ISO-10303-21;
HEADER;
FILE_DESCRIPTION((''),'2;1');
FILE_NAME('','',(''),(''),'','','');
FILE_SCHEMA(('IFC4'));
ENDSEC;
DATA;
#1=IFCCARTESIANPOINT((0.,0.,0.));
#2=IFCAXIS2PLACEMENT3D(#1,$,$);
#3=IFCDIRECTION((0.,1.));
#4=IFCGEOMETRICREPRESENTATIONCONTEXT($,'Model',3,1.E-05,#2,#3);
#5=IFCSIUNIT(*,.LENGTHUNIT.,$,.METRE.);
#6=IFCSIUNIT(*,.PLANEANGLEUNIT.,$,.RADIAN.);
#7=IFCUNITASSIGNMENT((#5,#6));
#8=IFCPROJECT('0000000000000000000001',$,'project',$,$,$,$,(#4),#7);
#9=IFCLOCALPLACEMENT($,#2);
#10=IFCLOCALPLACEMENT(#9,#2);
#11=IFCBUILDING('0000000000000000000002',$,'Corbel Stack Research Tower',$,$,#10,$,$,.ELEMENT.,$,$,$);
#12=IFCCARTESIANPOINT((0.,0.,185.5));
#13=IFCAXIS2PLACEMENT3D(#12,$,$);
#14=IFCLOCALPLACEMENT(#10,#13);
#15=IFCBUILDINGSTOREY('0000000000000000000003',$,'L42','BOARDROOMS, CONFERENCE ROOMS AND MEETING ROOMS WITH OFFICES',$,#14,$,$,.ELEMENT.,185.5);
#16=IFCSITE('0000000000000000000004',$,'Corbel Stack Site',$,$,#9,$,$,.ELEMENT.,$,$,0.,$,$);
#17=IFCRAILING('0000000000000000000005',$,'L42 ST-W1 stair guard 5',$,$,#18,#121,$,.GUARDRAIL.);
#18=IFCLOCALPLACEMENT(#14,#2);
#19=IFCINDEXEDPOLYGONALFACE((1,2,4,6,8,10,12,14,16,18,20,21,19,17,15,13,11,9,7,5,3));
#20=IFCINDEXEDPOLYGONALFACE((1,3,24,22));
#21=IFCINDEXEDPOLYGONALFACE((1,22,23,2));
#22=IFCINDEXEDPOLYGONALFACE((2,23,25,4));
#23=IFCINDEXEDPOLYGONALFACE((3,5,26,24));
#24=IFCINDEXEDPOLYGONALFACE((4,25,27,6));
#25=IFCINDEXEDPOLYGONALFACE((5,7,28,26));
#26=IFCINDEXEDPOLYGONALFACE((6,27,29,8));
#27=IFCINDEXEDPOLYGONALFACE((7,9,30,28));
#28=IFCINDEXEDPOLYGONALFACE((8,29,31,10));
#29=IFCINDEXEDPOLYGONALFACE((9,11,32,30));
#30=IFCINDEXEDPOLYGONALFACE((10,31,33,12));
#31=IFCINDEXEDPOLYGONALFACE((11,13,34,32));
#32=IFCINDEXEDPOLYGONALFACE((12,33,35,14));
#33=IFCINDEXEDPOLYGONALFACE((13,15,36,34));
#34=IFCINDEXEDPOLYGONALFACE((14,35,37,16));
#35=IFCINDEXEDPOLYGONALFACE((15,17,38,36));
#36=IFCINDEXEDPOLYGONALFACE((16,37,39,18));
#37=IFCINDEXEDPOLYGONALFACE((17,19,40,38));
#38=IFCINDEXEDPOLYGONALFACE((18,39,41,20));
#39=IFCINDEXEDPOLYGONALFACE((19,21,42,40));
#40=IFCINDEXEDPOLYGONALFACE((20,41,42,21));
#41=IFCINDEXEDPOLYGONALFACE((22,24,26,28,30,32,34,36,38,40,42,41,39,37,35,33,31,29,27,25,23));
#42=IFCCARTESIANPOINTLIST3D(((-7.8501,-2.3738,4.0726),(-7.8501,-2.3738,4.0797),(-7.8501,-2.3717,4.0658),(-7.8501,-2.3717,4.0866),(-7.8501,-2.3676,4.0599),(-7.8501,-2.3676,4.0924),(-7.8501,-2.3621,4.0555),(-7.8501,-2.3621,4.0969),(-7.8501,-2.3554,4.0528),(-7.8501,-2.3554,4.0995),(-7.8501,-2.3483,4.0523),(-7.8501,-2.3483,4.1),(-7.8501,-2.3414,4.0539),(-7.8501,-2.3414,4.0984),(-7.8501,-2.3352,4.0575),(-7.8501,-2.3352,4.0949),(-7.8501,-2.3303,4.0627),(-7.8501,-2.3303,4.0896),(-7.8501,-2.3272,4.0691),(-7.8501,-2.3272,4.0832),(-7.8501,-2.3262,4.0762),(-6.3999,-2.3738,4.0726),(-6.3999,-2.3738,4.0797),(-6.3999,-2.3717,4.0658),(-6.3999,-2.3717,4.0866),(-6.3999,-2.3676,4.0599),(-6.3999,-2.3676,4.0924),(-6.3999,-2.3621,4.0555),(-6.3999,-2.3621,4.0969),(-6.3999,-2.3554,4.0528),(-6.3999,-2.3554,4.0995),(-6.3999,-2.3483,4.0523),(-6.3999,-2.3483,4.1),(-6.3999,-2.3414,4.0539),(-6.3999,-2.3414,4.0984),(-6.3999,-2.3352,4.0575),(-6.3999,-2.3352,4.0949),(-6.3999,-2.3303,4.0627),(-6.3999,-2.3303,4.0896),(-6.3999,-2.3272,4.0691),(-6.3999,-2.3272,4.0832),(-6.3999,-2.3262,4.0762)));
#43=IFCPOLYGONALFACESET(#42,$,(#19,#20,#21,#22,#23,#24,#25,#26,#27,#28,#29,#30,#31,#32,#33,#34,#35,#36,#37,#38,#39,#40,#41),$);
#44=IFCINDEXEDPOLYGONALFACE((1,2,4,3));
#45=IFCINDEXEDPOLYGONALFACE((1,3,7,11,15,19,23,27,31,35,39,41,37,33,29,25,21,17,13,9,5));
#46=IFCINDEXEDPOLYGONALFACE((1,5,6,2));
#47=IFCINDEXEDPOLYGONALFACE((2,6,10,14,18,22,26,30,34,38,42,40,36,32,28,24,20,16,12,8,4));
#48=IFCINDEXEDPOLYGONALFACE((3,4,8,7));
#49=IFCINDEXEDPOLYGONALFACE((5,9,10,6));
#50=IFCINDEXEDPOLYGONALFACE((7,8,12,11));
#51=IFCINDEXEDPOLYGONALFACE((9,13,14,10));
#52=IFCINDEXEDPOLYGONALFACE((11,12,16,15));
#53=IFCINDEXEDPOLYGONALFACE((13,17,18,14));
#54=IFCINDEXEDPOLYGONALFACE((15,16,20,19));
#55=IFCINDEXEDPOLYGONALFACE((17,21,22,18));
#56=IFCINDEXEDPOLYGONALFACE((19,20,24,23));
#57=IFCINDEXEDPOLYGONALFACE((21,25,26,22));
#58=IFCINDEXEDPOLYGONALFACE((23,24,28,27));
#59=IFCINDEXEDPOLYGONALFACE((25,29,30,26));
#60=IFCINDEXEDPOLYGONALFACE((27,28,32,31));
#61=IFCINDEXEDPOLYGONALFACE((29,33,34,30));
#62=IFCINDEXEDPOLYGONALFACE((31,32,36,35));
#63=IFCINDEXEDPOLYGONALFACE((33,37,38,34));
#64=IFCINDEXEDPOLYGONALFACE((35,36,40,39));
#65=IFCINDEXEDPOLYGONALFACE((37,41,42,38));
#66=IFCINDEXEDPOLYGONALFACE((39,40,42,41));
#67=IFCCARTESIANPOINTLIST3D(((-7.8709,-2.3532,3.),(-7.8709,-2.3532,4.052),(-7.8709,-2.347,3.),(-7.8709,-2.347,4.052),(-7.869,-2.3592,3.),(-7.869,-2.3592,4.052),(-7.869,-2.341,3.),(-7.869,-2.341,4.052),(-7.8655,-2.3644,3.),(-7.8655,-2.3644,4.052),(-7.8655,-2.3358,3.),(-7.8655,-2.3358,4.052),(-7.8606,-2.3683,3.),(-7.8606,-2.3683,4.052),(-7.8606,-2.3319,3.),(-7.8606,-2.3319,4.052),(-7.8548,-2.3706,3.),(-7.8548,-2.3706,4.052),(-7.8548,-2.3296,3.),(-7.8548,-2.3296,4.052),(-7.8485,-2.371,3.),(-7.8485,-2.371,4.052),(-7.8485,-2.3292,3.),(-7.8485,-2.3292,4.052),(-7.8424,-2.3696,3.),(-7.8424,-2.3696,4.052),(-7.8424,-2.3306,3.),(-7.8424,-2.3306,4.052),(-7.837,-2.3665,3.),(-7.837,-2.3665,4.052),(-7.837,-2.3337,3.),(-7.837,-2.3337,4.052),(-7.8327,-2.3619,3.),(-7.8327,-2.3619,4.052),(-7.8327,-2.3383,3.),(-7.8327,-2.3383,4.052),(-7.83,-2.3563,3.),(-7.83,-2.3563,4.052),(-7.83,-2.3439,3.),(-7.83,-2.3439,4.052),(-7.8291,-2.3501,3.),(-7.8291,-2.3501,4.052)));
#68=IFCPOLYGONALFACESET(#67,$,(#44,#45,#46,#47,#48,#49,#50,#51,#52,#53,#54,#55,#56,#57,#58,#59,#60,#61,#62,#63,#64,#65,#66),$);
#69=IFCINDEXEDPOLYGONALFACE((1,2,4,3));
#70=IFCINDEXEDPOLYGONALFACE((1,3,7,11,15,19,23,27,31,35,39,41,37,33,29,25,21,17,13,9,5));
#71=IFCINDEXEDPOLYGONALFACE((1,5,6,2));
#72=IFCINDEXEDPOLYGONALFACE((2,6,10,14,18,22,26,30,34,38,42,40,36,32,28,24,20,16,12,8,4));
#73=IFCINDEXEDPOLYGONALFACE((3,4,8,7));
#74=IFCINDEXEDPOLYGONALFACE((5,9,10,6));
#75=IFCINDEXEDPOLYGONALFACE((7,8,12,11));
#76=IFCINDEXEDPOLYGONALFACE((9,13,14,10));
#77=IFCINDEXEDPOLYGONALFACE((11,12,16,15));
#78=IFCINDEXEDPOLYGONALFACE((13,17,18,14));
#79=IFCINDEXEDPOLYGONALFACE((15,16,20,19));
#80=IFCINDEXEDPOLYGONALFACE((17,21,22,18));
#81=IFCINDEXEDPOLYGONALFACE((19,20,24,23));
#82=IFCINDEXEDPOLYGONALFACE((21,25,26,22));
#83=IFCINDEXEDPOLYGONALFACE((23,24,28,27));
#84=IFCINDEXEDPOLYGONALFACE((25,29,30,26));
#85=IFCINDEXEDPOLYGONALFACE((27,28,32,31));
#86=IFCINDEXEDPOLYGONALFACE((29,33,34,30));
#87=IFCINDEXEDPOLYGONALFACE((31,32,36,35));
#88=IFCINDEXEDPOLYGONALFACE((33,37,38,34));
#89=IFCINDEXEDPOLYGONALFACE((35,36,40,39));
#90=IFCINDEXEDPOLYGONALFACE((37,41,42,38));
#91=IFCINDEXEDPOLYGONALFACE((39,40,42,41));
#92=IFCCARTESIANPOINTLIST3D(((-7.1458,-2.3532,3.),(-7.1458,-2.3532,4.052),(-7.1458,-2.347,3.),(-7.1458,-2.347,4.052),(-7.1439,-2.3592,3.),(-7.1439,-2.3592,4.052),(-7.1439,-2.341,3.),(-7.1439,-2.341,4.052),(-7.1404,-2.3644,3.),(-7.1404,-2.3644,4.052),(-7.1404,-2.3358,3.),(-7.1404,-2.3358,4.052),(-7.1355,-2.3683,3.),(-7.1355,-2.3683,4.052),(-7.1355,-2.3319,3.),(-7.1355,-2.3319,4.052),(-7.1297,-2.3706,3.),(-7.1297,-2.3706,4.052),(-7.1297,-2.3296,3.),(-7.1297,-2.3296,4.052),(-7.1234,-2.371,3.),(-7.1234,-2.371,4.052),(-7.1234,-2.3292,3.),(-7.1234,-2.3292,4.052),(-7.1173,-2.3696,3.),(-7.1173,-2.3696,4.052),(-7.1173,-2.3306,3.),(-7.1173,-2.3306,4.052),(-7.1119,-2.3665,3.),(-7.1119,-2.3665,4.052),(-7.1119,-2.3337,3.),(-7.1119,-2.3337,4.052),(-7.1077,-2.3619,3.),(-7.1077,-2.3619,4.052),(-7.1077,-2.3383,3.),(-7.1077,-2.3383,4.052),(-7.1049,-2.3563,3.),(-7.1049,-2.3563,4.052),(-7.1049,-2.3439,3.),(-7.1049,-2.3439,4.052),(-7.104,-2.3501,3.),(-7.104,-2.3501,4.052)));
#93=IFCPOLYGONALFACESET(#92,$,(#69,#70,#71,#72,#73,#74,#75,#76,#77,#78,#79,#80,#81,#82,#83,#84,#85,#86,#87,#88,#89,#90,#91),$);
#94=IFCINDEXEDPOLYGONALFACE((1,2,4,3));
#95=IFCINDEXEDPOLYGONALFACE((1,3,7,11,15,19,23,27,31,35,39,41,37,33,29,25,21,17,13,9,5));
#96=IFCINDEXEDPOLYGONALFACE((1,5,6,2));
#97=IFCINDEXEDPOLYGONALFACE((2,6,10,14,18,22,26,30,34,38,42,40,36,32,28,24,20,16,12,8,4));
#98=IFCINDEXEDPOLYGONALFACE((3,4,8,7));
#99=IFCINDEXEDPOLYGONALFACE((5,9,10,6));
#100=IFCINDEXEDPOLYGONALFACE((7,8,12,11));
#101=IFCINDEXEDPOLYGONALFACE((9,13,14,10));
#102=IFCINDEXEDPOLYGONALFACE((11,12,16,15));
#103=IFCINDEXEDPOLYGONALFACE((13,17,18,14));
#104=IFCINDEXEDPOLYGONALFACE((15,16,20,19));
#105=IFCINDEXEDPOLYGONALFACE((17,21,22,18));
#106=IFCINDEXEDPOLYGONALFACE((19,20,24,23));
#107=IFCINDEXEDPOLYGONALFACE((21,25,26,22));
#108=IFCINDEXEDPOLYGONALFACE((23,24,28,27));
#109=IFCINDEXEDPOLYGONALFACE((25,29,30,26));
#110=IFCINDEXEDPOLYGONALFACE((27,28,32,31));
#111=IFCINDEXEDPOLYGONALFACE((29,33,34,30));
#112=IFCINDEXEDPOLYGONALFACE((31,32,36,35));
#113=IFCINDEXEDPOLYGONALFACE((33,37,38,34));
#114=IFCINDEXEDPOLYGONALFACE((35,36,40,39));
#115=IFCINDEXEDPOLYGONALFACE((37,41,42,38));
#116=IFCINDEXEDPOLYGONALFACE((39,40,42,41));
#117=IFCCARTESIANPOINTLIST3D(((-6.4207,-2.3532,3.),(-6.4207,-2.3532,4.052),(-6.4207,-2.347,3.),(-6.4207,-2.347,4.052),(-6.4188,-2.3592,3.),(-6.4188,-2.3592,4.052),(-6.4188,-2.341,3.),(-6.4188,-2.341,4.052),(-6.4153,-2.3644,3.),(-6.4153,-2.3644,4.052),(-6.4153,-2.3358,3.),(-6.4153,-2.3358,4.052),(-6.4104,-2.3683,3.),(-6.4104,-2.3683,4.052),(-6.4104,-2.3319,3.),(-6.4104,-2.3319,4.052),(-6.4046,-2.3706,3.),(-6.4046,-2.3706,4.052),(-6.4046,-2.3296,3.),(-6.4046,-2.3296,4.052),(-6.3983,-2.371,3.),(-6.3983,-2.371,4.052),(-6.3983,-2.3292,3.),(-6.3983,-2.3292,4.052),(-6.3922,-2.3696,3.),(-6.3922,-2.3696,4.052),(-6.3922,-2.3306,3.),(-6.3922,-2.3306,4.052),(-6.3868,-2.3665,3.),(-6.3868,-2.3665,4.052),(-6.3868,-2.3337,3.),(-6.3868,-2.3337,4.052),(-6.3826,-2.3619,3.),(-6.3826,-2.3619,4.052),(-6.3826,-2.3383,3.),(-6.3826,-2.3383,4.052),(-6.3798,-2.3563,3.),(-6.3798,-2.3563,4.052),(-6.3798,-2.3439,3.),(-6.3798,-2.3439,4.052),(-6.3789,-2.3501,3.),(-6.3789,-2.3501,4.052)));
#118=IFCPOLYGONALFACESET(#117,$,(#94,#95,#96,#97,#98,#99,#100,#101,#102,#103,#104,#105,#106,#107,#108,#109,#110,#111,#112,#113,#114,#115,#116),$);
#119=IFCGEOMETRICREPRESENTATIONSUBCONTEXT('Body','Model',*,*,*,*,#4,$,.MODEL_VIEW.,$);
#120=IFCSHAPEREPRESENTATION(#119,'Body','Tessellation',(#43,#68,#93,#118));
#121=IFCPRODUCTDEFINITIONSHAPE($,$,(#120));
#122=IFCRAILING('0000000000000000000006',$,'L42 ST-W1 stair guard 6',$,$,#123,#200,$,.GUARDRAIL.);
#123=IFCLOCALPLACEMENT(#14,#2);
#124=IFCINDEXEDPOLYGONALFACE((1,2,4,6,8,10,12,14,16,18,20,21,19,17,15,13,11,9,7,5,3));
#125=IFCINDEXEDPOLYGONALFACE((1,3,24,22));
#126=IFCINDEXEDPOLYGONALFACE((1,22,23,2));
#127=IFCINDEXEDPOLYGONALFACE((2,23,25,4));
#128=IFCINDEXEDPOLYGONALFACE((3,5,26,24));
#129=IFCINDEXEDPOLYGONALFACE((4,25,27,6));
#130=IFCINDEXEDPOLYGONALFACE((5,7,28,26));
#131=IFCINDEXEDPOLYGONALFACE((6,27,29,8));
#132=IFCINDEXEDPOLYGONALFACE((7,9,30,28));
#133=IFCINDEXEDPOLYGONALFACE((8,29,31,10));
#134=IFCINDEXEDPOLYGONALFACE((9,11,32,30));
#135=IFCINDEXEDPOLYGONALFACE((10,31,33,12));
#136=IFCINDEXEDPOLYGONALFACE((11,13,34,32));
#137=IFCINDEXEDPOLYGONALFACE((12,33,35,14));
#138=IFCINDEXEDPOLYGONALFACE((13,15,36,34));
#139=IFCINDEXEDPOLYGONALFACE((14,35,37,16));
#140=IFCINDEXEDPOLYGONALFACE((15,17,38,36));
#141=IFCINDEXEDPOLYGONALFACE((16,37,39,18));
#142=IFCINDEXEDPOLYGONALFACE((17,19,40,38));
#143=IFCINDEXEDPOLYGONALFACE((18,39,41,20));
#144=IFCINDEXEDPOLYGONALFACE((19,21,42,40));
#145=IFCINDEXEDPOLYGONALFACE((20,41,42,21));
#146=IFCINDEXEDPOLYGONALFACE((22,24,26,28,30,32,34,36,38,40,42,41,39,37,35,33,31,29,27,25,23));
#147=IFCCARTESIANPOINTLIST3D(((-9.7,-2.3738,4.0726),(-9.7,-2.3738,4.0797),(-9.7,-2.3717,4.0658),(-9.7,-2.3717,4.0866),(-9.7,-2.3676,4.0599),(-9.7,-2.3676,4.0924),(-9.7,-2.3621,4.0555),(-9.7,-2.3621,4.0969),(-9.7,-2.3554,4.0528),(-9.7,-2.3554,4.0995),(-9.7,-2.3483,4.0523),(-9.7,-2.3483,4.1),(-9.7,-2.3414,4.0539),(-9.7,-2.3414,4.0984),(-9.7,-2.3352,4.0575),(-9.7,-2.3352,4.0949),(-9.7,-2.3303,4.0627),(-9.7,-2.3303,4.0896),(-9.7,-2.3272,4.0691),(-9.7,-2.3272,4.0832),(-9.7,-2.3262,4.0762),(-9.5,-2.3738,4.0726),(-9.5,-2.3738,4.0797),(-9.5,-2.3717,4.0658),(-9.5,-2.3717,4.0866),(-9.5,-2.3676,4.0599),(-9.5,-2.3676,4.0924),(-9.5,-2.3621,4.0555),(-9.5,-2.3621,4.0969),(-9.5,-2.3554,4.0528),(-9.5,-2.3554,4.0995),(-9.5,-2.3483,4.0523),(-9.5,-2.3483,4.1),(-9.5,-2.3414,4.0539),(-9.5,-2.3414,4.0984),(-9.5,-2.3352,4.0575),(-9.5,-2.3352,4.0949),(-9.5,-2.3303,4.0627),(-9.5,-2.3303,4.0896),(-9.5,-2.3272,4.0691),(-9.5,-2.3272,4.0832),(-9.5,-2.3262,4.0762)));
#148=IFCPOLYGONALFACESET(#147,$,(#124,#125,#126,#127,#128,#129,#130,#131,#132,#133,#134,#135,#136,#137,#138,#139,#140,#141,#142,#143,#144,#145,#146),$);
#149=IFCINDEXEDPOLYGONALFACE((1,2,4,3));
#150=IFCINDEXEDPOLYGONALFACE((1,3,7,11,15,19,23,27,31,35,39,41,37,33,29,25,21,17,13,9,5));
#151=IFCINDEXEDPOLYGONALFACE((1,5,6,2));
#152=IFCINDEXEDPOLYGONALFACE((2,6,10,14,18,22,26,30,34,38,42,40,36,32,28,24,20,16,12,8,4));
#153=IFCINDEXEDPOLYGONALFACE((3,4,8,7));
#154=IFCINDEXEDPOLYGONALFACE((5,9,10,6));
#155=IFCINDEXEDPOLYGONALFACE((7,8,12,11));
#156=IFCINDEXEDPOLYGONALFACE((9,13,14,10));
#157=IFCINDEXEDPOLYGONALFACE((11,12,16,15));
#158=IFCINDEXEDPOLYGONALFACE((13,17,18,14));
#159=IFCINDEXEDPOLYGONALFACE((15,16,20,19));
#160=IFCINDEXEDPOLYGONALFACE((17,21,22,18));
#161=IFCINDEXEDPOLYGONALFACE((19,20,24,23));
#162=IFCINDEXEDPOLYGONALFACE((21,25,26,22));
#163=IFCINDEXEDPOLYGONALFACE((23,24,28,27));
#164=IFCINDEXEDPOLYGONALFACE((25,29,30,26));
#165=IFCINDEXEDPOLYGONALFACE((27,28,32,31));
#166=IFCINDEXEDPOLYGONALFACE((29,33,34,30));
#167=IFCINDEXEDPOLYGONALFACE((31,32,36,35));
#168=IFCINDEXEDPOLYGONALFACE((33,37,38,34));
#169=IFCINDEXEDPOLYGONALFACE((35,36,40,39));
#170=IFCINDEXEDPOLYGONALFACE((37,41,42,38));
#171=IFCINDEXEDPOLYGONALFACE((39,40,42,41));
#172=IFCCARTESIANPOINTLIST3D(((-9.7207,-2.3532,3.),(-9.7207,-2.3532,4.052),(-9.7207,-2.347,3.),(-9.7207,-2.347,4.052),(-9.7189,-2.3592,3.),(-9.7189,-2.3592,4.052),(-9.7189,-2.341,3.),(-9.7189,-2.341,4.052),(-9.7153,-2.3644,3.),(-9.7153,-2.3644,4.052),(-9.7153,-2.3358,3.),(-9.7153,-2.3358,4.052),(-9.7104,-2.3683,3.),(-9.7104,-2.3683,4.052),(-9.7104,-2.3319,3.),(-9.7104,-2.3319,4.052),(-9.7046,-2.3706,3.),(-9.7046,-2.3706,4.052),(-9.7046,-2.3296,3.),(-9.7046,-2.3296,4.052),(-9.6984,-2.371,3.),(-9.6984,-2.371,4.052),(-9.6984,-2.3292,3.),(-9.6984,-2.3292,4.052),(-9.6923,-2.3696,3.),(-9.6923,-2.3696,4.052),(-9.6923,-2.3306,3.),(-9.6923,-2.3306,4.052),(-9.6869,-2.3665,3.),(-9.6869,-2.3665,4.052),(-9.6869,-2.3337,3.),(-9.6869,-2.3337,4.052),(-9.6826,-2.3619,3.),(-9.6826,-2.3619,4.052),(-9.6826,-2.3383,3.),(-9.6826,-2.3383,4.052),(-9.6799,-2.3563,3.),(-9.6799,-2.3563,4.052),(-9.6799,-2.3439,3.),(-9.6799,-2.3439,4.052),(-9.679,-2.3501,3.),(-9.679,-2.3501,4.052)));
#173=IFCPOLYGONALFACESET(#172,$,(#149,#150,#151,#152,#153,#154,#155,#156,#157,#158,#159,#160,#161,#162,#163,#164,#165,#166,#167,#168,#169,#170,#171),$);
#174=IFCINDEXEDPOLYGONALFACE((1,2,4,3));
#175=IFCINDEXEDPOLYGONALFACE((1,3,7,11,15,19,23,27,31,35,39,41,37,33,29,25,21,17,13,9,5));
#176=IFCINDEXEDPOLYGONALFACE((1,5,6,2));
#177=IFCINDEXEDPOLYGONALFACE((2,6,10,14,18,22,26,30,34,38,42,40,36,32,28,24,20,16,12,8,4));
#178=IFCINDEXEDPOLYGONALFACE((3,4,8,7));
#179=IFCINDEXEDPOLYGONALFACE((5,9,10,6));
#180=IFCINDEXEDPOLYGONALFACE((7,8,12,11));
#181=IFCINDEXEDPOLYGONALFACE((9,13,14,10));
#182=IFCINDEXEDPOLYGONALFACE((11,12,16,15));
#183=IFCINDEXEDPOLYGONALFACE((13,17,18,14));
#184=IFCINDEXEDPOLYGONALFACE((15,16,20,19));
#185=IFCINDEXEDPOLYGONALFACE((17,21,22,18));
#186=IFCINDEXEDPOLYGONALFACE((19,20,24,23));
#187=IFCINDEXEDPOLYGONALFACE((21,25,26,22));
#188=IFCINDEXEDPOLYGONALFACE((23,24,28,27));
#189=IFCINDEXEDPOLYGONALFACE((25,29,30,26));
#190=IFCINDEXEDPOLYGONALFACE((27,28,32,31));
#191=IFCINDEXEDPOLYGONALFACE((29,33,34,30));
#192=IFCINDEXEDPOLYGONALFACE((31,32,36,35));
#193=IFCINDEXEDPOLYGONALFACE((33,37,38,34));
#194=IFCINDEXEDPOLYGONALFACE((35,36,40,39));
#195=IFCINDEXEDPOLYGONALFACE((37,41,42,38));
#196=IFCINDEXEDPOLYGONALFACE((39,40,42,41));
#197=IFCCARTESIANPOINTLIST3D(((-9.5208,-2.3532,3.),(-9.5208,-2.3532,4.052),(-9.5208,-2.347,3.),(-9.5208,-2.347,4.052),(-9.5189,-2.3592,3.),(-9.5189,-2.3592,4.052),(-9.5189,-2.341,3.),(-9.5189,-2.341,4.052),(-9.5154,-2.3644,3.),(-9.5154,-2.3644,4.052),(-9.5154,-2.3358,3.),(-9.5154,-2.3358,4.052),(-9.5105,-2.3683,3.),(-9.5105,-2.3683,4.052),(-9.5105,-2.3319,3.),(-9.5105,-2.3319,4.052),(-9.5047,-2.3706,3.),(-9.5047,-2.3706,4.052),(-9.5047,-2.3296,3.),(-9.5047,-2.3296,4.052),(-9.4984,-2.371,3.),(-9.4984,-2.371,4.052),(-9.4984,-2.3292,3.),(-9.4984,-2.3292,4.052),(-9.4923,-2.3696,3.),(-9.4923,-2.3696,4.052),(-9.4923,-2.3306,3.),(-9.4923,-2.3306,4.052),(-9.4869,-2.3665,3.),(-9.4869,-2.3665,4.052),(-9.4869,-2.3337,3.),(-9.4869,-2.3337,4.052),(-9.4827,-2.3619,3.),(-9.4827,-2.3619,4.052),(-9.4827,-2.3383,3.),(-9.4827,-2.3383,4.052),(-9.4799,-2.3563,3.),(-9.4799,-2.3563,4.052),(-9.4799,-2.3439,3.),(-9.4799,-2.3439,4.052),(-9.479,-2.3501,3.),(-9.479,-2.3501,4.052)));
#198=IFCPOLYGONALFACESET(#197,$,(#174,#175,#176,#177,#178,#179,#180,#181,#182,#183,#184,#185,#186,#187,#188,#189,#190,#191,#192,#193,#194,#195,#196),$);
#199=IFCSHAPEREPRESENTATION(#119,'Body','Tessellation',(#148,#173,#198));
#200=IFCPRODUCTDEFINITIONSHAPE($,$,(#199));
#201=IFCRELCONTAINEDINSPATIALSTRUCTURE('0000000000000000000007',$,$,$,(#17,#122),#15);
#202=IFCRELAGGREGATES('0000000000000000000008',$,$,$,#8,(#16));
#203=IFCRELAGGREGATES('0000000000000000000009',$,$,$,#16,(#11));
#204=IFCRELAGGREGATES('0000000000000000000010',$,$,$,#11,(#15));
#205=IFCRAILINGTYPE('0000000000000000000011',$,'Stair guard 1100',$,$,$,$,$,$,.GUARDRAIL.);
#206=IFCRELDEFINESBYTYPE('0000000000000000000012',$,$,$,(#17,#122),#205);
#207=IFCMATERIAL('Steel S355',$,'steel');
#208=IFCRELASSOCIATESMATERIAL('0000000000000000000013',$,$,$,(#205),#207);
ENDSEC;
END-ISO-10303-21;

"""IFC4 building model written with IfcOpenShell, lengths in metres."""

from ifc_helpers import new_model, si_unit, direction, frame, origin, origin_2d, place, context, subcontext, project, spatial, circle, extrude, material, type_object, element, save


model = new_model("IFC4")

# Units and contexts
model_context = context("Model", 3, precision=1e-05, world=origin(), true_north=direction((0.0, 1.0)))
body_context = subcontext(model_context, "Body", "Model", "MODEL_VIEW")
ifc_project = project(units=[si_unit("LENGTHUNIT", "METRE"), si_unit("PLANEANGLEUNIT", "RADIAN")], contexts=[model_context])

# Site, building, storey
site_placement = place(None, origin())
site = spatial("IfcSite", under=ifc_project, at=site_placement, Name="Corbel Stack Site", CompositionType="ELEMENT", RefElevation=0.0)
building_placement = place(site_placement, origin())
building = spatial("IfcBuilding", under=site, at=building_placement, Name="Corbel Stack Research Tower", CompositionType="ELEMENT")
storey_placement = place(building_placement, frame((0.0, 0.0, 185.5)))
storey = spatial("IfcBuildingStorey", under=building, at=storey_placement, Name="L42", Description="BOARDROOMS, CONFERENCE ROOMS AND MEETING ROOMS WITH OFFICES", CompositionType="ELEMENT", Elevation=185.5)

# Railings
ifc_material_1 = material(Name="Steel S355", Category="steel")
railing_type_1 = type_object("IfcRailingType", Name="Stair guard 1100", PredefinedType="GUARDRAIL", material=ifc_material_1)
railing_1_placement = place(storey_placement, frame((-7.8501, -2.3501, 3.0)))
element("IfcRailing", 1, at=railing_1_placement, inside=storey, type_object=railing_type_1, Name="L42 ST-W1 stair guard 5", PredefinedType="GUARDRAIL", context=body_context, shape_type="SweptSolid", body=[
    extrude(circle(Radius=0.0239, at=origin_2d()), frame((0.0, 0.0, 1.0762), z_axis=(1.0, 0.0, 0.0), x_axis=(0.0, 1.0, 0.0)), (0.0, 0.0, 1.0), 1.4502),
    extrude(circle(Radius=0.021, at=origin_2d()), origin(), (0.0, 0.0, 1.0), 1.052),
    extrude(circle(Radius=0.021, at=origin_2d()), frame((0.7251, 0.0, 0.0)), (0.0, 0.0, 1.0), 1.052),
    extrude(circle(Radius=0.021, at=origin_2d()), frame((1.4502, 0.0, 0.0)), (0.0, 0.0, 1.0), 1.052),
])
railing_2_placement = place(storey_placement, frame((-9.7, -2.3501, 3.0)))
element("IfcRailing", 2, at=railing_2_placement, inside=storey, type_object=railing_type_1, Name="L42 ST-W1 stair guard 6", PredefinedType="GUARDRAIL", context=body_context, shape_type="SweptSolid", body=[
    extrude(circle(Radius=0.0239, at=origin_2d()), frame((0.0, 0.0, 1.0762), z_axis=(1.0, 0.0, 0.0), x_axis=(0.0, 1.0, 0.0)), (0.0, 0.0, 1.0), 0.2),
    extrude(circle(Radius=0.021, at=origin_2d()), origin(), (0.0, 0.0, 1.0), 1.052),
    extrude(circle(Radius=0.021, at=origin_2d()), frame((0.2, 0.0, 0.0)), (0.0, 0.0, 1.0), 1.052),
])

save(model, "model.ifc")
